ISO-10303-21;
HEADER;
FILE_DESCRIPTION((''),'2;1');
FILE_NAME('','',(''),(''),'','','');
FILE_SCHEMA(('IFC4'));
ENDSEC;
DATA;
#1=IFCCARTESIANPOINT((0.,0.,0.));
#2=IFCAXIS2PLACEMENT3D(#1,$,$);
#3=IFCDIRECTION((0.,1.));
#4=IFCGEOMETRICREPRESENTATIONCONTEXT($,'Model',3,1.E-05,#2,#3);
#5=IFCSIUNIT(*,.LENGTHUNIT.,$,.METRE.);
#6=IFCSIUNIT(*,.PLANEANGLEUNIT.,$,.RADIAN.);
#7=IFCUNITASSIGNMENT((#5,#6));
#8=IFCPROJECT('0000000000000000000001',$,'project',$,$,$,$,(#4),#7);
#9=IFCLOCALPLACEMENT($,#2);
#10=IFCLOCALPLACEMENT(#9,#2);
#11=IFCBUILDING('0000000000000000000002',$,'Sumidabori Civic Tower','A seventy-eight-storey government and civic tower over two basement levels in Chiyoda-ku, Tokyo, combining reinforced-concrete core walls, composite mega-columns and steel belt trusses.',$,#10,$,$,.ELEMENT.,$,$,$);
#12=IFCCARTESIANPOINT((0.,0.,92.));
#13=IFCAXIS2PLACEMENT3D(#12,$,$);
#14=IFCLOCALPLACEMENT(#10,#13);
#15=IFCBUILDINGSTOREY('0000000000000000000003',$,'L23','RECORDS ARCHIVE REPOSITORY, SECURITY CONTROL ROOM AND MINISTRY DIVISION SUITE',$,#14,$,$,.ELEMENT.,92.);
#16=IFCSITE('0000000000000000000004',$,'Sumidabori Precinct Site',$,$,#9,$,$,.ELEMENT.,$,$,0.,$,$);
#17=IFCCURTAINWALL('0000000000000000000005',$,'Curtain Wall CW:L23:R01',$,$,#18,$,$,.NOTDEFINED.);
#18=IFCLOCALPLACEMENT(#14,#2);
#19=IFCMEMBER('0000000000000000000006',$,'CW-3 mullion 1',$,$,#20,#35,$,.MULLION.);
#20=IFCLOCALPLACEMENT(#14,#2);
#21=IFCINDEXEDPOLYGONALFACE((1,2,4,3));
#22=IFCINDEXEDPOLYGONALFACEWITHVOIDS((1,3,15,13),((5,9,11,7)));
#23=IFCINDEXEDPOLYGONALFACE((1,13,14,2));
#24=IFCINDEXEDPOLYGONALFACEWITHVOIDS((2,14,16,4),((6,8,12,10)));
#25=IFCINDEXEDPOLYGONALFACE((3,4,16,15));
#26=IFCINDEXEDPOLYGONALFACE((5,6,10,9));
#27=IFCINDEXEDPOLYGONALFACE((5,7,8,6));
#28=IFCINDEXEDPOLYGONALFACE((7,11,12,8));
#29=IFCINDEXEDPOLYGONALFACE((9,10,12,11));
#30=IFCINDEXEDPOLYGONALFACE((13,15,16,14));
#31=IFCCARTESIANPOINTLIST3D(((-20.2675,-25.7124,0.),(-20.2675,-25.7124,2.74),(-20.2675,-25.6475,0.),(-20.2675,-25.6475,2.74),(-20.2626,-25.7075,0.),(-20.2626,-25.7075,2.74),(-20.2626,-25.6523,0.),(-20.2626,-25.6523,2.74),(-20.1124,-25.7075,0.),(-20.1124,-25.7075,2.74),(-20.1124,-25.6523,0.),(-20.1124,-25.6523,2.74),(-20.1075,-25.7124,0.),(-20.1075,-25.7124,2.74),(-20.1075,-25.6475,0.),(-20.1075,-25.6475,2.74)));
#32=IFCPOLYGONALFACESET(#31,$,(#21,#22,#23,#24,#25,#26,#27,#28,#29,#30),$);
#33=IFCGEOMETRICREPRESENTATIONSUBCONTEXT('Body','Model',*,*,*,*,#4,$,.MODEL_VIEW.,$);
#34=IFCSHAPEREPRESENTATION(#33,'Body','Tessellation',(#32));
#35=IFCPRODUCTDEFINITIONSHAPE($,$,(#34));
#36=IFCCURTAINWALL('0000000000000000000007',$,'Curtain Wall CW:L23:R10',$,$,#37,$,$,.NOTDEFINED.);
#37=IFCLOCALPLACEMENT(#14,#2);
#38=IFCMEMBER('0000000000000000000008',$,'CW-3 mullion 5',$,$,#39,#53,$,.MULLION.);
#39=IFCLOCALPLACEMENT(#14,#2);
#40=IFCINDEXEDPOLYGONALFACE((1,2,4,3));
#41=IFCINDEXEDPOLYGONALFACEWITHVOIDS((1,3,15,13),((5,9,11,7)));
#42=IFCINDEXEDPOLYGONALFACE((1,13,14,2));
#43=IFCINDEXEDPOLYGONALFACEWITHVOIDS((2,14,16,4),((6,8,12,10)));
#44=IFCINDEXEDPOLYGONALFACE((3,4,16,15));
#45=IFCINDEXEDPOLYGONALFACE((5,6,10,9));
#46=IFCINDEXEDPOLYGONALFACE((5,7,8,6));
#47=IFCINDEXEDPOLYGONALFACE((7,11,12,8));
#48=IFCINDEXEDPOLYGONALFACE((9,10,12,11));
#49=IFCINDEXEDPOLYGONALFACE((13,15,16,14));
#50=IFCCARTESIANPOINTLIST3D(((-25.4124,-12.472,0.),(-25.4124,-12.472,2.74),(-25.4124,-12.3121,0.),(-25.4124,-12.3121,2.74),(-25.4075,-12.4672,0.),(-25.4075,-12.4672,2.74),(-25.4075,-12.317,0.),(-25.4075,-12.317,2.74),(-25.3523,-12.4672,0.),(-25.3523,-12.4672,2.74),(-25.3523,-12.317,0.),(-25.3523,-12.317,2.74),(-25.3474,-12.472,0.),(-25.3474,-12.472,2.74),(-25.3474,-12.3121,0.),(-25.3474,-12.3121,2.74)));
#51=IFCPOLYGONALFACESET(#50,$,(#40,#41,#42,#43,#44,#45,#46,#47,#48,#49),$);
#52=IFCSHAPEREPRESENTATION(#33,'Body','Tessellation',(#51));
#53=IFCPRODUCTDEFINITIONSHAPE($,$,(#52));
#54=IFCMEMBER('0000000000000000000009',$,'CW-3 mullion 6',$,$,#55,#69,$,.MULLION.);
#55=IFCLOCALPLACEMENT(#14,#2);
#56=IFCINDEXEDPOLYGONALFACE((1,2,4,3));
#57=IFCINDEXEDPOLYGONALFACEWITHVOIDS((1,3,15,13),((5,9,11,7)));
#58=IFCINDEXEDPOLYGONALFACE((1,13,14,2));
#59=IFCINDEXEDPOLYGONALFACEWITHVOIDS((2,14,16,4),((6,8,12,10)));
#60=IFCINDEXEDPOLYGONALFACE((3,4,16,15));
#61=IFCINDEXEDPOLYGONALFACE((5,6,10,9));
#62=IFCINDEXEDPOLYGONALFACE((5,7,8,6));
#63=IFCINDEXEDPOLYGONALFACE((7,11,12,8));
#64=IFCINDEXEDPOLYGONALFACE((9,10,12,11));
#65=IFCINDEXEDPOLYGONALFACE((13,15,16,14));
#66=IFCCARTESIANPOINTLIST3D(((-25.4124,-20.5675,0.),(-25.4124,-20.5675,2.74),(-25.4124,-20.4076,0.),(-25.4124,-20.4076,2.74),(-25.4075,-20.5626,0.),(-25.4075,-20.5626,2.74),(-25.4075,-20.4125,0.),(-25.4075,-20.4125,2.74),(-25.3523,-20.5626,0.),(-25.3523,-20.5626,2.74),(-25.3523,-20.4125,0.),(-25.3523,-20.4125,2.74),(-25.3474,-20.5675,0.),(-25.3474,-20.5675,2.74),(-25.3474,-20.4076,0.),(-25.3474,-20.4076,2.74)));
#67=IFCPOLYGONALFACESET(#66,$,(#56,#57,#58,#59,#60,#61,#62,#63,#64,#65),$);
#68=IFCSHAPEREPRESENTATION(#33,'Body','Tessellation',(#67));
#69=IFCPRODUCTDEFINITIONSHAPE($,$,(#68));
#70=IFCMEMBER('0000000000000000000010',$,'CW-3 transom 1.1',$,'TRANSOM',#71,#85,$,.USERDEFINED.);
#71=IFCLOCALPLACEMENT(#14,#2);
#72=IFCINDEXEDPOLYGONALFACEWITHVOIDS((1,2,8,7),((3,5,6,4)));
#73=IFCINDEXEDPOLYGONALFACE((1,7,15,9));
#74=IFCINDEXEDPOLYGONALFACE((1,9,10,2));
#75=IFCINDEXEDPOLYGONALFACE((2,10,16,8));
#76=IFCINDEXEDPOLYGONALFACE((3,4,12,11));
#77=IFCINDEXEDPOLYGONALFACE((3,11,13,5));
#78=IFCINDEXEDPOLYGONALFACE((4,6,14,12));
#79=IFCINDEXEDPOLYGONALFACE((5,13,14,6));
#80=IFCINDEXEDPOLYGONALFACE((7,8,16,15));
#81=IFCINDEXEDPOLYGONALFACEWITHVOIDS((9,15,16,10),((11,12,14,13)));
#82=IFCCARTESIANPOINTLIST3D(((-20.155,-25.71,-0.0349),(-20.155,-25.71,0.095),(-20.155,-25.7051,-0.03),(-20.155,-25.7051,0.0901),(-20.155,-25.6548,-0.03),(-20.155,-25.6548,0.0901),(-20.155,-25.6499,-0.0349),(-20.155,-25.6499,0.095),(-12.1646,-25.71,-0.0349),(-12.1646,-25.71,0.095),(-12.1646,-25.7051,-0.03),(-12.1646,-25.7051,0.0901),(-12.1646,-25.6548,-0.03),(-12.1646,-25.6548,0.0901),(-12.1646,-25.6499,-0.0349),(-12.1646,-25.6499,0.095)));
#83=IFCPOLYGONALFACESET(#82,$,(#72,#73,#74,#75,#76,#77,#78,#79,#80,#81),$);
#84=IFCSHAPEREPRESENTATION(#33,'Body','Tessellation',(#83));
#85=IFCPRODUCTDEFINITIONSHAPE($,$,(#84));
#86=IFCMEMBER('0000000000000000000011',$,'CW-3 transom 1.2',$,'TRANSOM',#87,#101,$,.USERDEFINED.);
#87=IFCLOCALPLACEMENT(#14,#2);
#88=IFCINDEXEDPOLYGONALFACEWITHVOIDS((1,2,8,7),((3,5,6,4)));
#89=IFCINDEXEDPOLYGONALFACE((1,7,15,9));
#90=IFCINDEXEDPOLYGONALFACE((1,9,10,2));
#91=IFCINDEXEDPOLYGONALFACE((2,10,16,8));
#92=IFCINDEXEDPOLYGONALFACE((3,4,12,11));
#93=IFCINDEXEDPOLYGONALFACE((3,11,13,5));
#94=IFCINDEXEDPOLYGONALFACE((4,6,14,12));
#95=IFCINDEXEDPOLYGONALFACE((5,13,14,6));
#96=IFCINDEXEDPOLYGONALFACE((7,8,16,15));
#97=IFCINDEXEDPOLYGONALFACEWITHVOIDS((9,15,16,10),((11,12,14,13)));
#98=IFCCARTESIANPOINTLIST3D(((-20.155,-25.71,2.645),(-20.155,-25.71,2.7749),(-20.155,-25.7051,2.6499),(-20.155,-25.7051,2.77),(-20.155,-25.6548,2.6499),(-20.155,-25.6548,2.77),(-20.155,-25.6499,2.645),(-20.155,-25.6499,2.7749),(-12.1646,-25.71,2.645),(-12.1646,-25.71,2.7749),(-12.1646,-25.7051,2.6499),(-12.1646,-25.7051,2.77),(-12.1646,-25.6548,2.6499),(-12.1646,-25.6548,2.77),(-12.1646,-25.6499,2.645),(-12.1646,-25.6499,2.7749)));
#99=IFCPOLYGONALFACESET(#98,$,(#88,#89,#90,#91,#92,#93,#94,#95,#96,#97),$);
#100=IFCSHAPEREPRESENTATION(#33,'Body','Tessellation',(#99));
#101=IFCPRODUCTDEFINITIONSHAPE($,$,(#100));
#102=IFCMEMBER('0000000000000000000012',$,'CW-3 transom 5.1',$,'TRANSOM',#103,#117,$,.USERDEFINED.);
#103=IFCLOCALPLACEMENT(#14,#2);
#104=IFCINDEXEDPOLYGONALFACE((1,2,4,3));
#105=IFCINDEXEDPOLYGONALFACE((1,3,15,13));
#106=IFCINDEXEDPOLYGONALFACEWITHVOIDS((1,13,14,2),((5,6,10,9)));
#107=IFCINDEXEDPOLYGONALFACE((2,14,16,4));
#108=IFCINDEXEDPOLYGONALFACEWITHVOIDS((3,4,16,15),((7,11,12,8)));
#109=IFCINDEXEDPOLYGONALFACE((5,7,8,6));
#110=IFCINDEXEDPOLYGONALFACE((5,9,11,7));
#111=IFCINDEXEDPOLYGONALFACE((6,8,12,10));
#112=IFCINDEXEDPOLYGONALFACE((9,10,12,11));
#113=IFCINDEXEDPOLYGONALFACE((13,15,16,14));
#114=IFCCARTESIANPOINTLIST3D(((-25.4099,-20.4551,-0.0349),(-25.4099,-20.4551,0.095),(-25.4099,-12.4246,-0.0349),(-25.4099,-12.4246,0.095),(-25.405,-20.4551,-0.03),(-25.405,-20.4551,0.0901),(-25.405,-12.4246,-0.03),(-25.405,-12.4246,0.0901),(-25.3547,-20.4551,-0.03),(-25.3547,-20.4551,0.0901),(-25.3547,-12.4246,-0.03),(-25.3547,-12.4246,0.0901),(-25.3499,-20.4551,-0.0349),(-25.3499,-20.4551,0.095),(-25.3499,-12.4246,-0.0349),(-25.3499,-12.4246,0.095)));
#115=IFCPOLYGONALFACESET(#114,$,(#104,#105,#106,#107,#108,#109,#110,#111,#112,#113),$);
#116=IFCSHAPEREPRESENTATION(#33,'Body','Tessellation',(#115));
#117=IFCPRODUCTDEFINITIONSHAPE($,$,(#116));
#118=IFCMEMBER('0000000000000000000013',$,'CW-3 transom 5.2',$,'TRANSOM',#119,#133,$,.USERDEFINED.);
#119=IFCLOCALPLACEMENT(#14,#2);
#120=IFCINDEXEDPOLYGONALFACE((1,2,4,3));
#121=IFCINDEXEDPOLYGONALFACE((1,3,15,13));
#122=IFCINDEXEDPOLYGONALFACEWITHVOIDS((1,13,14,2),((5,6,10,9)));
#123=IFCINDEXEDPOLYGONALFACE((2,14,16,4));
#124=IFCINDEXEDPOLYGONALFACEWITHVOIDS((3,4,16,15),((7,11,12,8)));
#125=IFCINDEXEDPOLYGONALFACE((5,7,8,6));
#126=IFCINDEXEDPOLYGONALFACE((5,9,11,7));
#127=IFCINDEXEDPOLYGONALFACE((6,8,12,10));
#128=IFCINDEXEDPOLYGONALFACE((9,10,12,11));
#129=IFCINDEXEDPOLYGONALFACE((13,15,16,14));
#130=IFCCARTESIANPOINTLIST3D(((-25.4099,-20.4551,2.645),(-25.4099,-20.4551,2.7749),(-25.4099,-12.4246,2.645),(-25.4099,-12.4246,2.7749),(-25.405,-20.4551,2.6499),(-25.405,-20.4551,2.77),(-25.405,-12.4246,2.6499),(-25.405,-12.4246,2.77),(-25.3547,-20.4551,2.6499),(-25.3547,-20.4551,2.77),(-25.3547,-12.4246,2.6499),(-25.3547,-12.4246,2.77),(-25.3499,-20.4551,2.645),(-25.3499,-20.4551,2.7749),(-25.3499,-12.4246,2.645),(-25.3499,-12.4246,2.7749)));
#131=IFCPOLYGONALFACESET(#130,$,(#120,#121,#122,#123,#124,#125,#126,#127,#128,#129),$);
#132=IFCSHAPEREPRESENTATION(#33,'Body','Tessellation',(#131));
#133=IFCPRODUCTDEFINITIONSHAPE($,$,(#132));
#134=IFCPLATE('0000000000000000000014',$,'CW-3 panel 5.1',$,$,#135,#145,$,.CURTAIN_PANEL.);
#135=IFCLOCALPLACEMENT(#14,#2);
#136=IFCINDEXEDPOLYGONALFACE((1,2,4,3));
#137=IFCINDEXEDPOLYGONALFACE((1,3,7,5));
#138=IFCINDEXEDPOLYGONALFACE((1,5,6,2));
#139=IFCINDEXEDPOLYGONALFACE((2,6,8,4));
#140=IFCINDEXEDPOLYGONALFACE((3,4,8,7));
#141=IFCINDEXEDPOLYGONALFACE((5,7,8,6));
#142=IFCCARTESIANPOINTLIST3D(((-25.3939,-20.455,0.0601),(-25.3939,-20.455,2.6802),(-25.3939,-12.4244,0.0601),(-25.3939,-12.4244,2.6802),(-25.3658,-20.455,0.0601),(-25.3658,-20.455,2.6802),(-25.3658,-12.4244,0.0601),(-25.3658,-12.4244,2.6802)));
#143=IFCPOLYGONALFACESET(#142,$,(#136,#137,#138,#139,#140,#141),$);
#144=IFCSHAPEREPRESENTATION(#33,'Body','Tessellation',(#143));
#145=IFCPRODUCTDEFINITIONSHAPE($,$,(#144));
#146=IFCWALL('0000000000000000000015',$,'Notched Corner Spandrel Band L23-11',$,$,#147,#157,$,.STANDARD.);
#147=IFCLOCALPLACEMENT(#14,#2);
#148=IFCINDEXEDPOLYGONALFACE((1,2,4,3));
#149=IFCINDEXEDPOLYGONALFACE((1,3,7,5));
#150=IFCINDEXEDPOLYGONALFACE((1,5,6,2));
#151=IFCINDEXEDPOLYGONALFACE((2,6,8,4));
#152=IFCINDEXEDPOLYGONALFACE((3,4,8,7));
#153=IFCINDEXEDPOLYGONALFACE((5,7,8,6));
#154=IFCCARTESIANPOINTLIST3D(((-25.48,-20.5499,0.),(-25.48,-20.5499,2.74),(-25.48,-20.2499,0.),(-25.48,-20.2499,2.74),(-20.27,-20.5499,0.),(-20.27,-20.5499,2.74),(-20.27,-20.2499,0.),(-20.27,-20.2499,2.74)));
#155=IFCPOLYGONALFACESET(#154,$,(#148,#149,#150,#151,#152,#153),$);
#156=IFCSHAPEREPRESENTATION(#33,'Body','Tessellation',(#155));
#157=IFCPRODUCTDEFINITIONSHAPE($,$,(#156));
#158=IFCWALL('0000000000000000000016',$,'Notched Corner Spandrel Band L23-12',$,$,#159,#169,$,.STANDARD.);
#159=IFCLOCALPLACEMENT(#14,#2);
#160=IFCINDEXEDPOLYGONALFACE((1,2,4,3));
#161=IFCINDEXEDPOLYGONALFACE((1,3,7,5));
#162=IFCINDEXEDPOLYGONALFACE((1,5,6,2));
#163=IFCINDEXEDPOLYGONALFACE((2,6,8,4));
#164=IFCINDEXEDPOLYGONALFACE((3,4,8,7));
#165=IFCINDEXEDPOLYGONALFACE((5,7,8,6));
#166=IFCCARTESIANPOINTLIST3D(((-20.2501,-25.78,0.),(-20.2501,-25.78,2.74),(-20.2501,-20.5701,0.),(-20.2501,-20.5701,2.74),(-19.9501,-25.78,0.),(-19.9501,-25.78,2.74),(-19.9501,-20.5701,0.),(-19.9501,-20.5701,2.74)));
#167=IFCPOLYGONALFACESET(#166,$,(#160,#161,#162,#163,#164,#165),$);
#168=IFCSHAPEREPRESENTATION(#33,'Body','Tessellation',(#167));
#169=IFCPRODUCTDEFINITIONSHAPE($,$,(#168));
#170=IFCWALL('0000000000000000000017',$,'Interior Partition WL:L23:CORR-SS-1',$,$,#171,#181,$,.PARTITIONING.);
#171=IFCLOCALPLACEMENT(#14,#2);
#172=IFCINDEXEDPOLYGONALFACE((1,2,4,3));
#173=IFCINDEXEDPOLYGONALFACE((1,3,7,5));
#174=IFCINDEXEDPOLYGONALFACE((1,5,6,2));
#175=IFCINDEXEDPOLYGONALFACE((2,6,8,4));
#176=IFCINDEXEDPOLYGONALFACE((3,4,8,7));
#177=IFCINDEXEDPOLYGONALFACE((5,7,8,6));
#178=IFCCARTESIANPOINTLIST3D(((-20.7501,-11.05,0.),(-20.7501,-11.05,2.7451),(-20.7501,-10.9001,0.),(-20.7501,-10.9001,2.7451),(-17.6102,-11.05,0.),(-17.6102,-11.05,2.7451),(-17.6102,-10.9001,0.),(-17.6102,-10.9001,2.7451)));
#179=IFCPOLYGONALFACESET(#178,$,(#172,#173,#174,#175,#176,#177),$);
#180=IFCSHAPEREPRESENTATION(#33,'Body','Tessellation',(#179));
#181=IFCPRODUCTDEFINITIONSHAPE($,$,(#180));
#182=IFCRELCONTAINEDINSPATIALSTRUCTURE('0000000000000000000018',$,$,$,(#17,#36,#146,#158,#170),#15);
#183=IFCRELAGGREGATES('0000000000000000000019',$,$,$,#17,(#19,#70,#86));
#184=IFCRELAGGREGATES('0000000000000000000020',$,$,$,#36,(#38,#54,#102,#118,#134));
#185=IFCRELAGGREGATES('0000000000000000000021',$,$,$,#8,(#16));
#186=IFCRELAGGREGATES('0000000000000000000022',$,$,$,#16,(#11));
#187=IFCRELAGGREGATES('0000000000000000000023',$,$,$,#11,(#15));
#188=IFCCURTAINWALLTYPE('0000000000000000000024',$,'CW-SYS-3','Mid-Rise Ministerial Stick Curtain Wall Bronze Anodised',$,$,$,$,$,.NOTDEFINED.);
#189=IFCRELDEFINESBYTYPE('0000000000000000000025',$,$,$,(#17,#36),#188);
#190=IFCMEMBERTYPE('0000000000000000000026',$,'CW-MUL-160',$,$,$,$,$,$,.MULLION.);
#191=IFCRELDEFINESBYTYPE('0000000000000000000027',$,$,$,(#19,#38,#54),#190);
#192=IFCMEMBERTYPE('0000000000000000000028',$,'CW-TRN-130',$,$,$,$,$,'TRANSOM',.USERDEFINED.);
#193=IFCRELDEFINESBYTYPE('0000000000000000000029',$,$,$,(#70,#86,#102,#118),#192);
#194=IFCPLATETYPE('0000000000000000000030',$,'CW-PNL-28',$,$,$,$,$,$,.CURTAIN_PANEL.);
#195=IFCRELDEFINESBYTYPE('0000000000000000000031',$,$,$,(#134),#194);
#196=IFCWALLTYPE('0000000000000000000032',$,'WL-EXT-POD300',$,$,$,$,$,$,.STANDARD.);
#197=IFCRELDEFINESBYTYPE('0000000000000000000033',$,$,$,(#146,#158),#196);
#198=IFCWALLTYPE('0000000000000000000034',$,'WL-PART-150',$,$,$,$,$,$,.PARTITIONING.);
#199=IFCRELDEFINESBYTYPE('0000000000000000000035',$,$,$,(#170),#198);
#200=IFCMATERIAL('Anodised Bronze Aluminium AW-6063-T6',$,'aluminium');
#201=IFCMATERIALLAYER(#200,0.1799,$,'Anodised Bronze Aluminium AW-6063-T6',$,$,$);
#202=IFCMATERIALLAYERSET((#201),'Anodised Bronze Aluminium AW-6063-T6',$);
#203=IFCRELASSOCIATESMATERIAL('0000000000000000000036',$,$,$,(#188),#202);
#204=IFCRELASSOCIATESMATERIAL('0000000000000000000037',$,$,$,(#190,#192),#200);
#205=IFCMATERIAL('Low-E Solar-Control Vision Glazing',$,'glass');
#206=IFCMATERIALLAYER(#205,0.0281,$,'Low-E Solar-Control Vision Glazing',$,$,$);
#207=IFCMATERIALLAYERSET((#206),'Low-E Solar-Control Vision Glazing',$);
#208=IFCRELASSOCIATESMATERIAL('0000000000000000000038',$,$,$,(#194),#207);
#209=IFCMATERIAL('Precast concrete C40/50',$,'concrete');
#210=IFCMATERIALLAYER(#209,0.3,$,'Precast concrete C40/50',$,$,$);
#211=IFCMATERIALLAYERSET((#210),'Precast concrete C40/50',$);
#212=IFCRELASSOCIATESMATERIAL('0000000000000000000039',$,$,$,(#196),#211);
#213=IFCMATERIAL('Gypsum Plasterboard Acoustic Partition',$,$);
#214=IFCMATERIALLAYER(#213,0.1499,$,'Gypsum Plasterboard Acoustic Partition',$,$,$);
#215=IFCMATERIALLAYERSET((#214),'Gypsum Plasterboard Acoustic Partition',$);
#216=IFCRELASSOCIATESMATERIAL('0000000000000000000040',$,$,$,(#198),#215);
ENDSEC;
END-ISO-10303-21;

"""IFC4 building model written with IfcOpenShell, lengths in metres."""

from ifc_helpers import new_model, si_unit, direction, frame, frame_2d, origin, origin_2d, place, context, subcontext, project, spatial, rectangle, hollow_rectangle, extrude, source, transform, mapped, material, layer, layer_set, material_profile, profile_set, type_object, element, aggregate, save


model = new_model("IFC4")

# Units and contexts
model_context = context("Model", 3, precision=1e-05, world=origin(), true_north=direction((0.0, 1.0)))
body_context = subcontext(model_context, "Body", "Model", "MODEL_VIEW")
ifc_project = project(units=[si_unit("LENGTHUNIT", "METRE"), si_unit("PLANEANGLEUNIT", "RADIAN")], contexts=[model_context])

# Site, building, storey
site_placement = place(None, origin())
site = spatial("IfcSite", under=ifc_project, at=site_placement, Name="Sumidabori Precinct Site", CompositionType="ELEMENT", RefElevation=0.0)
building_placement = place(site_placement, origin())
building = spatial("IfcBuilding", under=site, at=building_placement, Name="Sumidabori Civic Tower", Description="A seventy-eight-storey government and civic tower over two basement levels in Chiyoda-ku, Tokyo, combining reinforced-concrete core walls, composite mega-columns and steel belt trusses.", CompositionType="ELEMENT")
storey_placement = place(building_placement, frame((0.0, 0.0, 92.0)))
storey = spatial("IfcBuildingStorey", under=building, at=storey_placement, Name="L23", Description="RECORDS ARCHIVE REPOSITORY, SECURITY CONTROL ROOM AND MINISTRY DIVISION SUITE", CompositionType="ELEMENT", Elevation=92.0)

# Curtain wall, member
ifc_material_1 = material(Name="Anodised Bronze Aluminium AW-6063-T6", Category="aluminium")
ifc_layer_1 = layer(ifc_material_1, 0.1799, Name="Anodised Bronze Aluminium AW-6063-T6")
ifc_layer_set_1 = layer_set([ifc_layer_1], Name="Anodised Bronze Aluminium AW-6063-T6")
curtain_wall_type = type_object("IfcCurtainWallType", Name="CW-SYS-3", Description="Mid-Rise Ministerial Stick Curtain Wall Bronze Anodised", PredefinedType="NOTDEFINED", material=ifc_layer_set_1)
curtain_wall_1_placement = place(storey_placement, origin())
curtain_wall_1 = element("IfcCurtainWall", 1, at=curtain_wall_1_placement, inside=storey, type_object=curtain_wall_type, Name="Curtain Wall CW:L23:R01", PredefinedType="NOTDEFINED")
ifc_material_profile_1 = material_profile(ifc_material_1, hollow_rectangle(XDim=0.0649, YDim=0.1599, WallThickness=0.0049, at=origin_2d()), Name="ALU MULLION 160x65")
ifc_profile_set_1 = profile_set([ifc_material_profile_1], Name="Anodised Bronze Aluminium AW-6063-T6")
member_type_1 = type_object("IfcMemberType", Name="CW-MUL-160", PredefinedType="MULLION", material=ifc_profile_set_1)
shared_shape_1 = source(origin(), body_context, "Body", "SweptSolid", [
    extrude(hollow_rectangle(XDim=0.0649, YDim=0.1599, WallThickness=0.0049, at=origin_2d()), origin(), (0.0, 0.0, 1.0), 2.74),
])
member_1_placement = place(storey_placement, frame((-20.1875, -25.6799, 0.0), z_axis=(0.0, 0.0, 1.0), x_axis=(0.0, 1.0, 0.0)))
member_1 = element("IfcMember", 2, at=member_1_placement, type_object=member_type_1, Name="CW-3 mullion 1", PredefinedType="MULLION", context=body_context, shape_type="MappedRepresentation", body=[
    mapped(shared_shape_1, transform((0.0, 0.0, 0.0), x_axis=(1.0, 0.0, 0.0), y_axis=(0.0, 1.0, 0.0), z_axis=(0.0, 0.0, 1.0), scale=1.0)),
])

# Curtain wall, members
curtain_wall_2_placement = place(storey_placement, origin())
curtain_wall_2 = element("IfcCurtainWall", 3, at=curtain_wall_2_placement, inside=storey, type_object=curtain_wall_type, Name="Curtain Wall CW:L23:R10", PredefinedType="NOTDEFINED")
member_2_placement = place(storey_placement, frame((-25.3799, -12.3921, 0.0), z_axis=(0.0, 0.0, 1.0), x_axis=(1.0, 0.0, 0.0)))
member_2 = element("IfcMember", 4, at=member_2_placement, type_object=member_type_1, Name="CW-3 mullion 5", PredefinedType="MULLION", context=body_context, shape_type="MappedRepresentation", body=[
    mapped(shared_shape_1, transform((0.0, 0.0, 0.0), x_axis=(1.0, 0.0, 0.0), y_axis=(0.0, 1.0, 0.0), z_axis=(0.0, 0.0, 1.0), scale=1.0)),
])
member_3_placement = place(storey_placement, frame((-25.3799, -20.4875, 0.0), z_axis=(0.0, 0.0, 1.0), x_axis=(1.0, 0.0, 0.0)))
member_3 = element("IfcMember", 5, at=member_3_placement, type_object=member_type_1, Name="CW-3 mullion 6", PredefinedType="MULLION", context=body_context, shape_type="MappedRepresentation", body=[
    mapped(shared_shape_1, transform((0.0, 0.0, 0.0), x_axis=(1.0, 0.0, 0.0), y_axis=(0.0, 1.0, 0.0), z_axis=(0.0, 0.0, 1.0), scale=1.0)),
])

# Members
ifc_material_profile_2 = material_profile(ifc_material_1, hollow_rectangle(XDim=0.0601, YDim=0.1299, WallThickness=0.0049, at=origin_2d()), Name="ALU TRANSOM 130x60")
ifc_profile_set_2 = profile_set([ifc_material_profile_2], Name="Anodised Bronze Aluminium AW-6063-T6")
member_type_2 = type_object("IfcMemberType", Name="CW-TRN-130", ElementType="TRANSOM", PredefinedType="USERDEFINED", material=ifc_profile_set_2)
shared_shape_2 = source(origin(), body_context, "Body", "SweptSolid", [
    extrude(hollow_rectangle(XDim=0.0601, YDim=0.1299, WallThickness=0.0049, at=origin_2d()), origin(), (0.0, 0.0, 1.0), 7.9905),
])
member_4_placement = place(storey_placement, frame((-20.155, -25.6799, 0.03), z_axis=(1.0, 0.0, 0.0), x_axis=(0.0, 1.0, 0.0)))
member_4 = element("IfcMember", 6, at=member_4_placement, type_object=member_type_2, Name="CW-3 transom 1.1", ObjectType="TRANSOM", PredefinedType="USERDEFINED", context=body_context, shape_type="MappedRepresentation", body=[
    mapped(shared_shape_2, transform((0.0, 0.0, 0.0), x_axis=(1.0, 0.0, 0.0), y_axis=(0.0, 1.0, 0.0), z_axis=(0.0, 0.0, 1.0), scale=1.0)),
])
member_5_placement = place(storey_placement, frame((-20.155, -25.6799, 2.71), z_axis=(1.0, 0.0, 0.0), x_axis=(0.0, 1.0, 0.0)))
member_5 = element("IfcMember", 7, at=member_5_placement, type_object=member_type_2, Name="CW-3 transom 1.2", ObjectType="TRANSOM", PredefinedType="USERDEFINED", context=body_context, shape_type="MappedRepresentation", body=[
    mapped(shared_shape_2, transform((0.0, 0.0, 0.0), x_axis=(1.0, 0.0, 0.0), y_axis=(0.0, 1.0, 0.0), z_axis=(0.0, 0.0, 1.0), scale=1.0)),
])
aggregate(curtain_wall_1, [member_1, member_4, member_5])
shared_shape_3 = source(origin(), body_context, "Body", "SweptSolid", [
    extrude(hollow_rectangle(XDim=0.0601, YDim=0.1299, WallThickness=0.0049, at=origin_2d()), origin(), (0.0, 0.0, 1.0), 8.0305),
])
member_6_placement = place(storey_placement, frame((-25.3799, -12.4246, 0.03), z_axis=(0.0, -1.0, 0.0), x_axis=(1.0, 0.0, 0.0)))
member_6 = element("IfcMember", 8, at=member_6_placement, type_object=member_type_2, Name="CW-3 transom 5.1", ObjectType="TRANSOM", PredefinedType="USERDEFINED", context=body_context, shape_type="MappedRepresentation", body=[
    mapped(shared_shape_3, transform((0.0, 0.0, 0.0), x_axis=(1.0, 0.0, 0.0), y_axis=(0.0, 1.0, 0.0), z_axis=(0.0, 0.0, 1.0), scale=1.0)),
])
member_7_placement = place(storey_placement, frame((-25.3799, -12.4246, 2.71), z_axis=(0.0, -1.0, 0.0), x_axis=(1.0, 0.0, 0.0)))
member_7 = element("IfcMember", 9, at=member_7_placement, type_object=member_type_2, Name="CW-3 transom 5.2", ObjectType="TRANSOM", PredefinedType="USERDEFINED", context=body_context, shape_type="MappedRepresentation", body=[
    mapped(shared_shape_3, transform((0.0, 0.0, 0.0), x_axis=(1.0, 0.0, 0.0), y_axis=(0.0, 1.0, 0.0), z_axis=(0.0, 0.0, 1.0), scale=1.0)),
])

# Plate
ifc_material_2 = material(Name="Low-E Solar-Control Vision Glazing", Category="glass")
ifc_layer_2 = layer(ifc_material_2, 0.0281, Name="Low-E Solar-Control Vision Glazing")
ifc_layer_set_2 = layer_set([ifc_layer_2], Name="Low-E Solar-Control Vision Glazing")
plate_type = type_object("IfcPlateType", Name="CW-PNL-28", PredefinedType="CURTAIN_PANEL", material=ifc_layer_set_2)
shared_shape_4 = source(origin(), body_context, "Body", "SweptSolid", [
    extrude(rectangle(XDim=8.0305, YDim=0.0281, at=origin_2d()), origin(), (0.0, 0.0, 1.0), 2.6201),
])
plate_placement = place(storey_placement, frame((-25.3799, -16.4397, 0.0601), z_axis=(0.0, 0.0, 1.0), x_axis=(0.0, -1.0, 0.0)))
plate = element("IfcPlate", 10, at=plate_placement, type_object=plate_type, Name="CW-3 panel 5.1", PredefinedType="CURTAIN_PANEL", context=body_context, shape_type="MappedRepresentation", body=[
    mapped(shared_shape_4, transform((0.0, 0.0, 0.0), x_axis=(1.0, 0.0, 0.0), y_axis=(0.0, 1.0, 0.0), z_axis=(0.0, 0.0, 1.0), scale=1.0)),
])
aggregate(curtain_wall_2, [member_2, member_3, member_6, member_7, plate])

# Walls
ifc_material_3 = material(Name="Precast concrete C40/50", Category="concrete")
ifc_layer_3 = layer(ifc_material_3, 0.3, Name="Precast concrete C40/50")
ifc_layer_set_3 = layer_set([ifc_layer_3], Name="Precast concrete C40/50")
wall_type_1 = type_object("IfcWallType", Name="WL-EXT-POD300", PredefinedType="STANDARD", material=ifc_layer_set_3)
shared_shape_5 = source(origin(), body_context, "Body", "SweptSolid", [
    extrude(rectangle(XDim=5.21, YDim=0.3, at=frame_2d((2.605, 0.0))), origin(), (0.0, 0.0, 1.0), 2.74),
])
for number, where, z_axis, x_axis, name in (
    (11, (-25.48, -20.3999, 0.0), (0.0, 0.0, 1.0), (1.0, 0.0, 0.0), "Notched Corner Spandrel Band L23-11"),
    (12, (-20.1001, -20.5701, 0.0), (0.0, 0.0, 1.0), (0.0, -1.0, 0.0), "Notched Corner Spandrel Band L23-12"),
):
    element("IfcWall", number, at=place(storey_placement, frame(where, z_axis=z_axis, x_axis=x_axis)), inside=storey, type_object=wall_type_1, Name=name, PredefinedType="STANDARD", context=body_context, shape_type="MappedRepresentation", body=[
        mapped(shared_shape_5, transform((0.0, 0.0, 0.0), x_axis=(1.0, 0.0, 0.0), y_axis=(0.0, 1.0, 0.0), z_axis=(0.0, 0.0, 1.0), scale=1.0)),
    ])
ifc_material_4 = material(Name="Gypsum Plasterboard Acoustic Partition")
ifc_layer_4 = layer(ifc_material_4, 0.1499, Name="Gypsum Plasterboard Acoustic Partition")
ifc_layer_set_4 = layer_set([ifc_layer_4], Name="Gypsum Plasterboard Acoustic Partition")
wall_type_2 = type_object("IfcWallType", Name="WL-PART-150", PredefinedType="PARTITIONING", material=ifc_layer_set_4)
shared_shape_6 = source(origin(), body_context, "Body", "SweptSolid", [
    extrude(rectangle(XDim=3.1399, YDim=0.1499, at=frame_2d((1.5698, 0.0))), origin(), (0.0, 0.0, 1.0), 2.7451),
])
wall_placement = place(storey_placement, frame((-20.75, -10.9751, 0.0), z_axis=(0.0, 0.0, 1.0), x_axis=(1.0, 0.0, 0.0)))
element("IfcWall", 13, at=wall_placement, inside=storey, type_object=wall_type_2, Name="Interior Partition WL:L23:CORR-SS-1", PredefinedType="PARTITIONING", context=body_context, shape_type="MappedRepresentation", body=[
    mapped(shared_shape_6, transform((0.0, 0.0, 0.0), x_axis=(1.0, 0.0, 0.0), y_axis=(0.0, 1.0, 0.0), z_axis=(0.0, 0.0, 1.0), scale=1.0)),
])

save(model, "model.ifc")
